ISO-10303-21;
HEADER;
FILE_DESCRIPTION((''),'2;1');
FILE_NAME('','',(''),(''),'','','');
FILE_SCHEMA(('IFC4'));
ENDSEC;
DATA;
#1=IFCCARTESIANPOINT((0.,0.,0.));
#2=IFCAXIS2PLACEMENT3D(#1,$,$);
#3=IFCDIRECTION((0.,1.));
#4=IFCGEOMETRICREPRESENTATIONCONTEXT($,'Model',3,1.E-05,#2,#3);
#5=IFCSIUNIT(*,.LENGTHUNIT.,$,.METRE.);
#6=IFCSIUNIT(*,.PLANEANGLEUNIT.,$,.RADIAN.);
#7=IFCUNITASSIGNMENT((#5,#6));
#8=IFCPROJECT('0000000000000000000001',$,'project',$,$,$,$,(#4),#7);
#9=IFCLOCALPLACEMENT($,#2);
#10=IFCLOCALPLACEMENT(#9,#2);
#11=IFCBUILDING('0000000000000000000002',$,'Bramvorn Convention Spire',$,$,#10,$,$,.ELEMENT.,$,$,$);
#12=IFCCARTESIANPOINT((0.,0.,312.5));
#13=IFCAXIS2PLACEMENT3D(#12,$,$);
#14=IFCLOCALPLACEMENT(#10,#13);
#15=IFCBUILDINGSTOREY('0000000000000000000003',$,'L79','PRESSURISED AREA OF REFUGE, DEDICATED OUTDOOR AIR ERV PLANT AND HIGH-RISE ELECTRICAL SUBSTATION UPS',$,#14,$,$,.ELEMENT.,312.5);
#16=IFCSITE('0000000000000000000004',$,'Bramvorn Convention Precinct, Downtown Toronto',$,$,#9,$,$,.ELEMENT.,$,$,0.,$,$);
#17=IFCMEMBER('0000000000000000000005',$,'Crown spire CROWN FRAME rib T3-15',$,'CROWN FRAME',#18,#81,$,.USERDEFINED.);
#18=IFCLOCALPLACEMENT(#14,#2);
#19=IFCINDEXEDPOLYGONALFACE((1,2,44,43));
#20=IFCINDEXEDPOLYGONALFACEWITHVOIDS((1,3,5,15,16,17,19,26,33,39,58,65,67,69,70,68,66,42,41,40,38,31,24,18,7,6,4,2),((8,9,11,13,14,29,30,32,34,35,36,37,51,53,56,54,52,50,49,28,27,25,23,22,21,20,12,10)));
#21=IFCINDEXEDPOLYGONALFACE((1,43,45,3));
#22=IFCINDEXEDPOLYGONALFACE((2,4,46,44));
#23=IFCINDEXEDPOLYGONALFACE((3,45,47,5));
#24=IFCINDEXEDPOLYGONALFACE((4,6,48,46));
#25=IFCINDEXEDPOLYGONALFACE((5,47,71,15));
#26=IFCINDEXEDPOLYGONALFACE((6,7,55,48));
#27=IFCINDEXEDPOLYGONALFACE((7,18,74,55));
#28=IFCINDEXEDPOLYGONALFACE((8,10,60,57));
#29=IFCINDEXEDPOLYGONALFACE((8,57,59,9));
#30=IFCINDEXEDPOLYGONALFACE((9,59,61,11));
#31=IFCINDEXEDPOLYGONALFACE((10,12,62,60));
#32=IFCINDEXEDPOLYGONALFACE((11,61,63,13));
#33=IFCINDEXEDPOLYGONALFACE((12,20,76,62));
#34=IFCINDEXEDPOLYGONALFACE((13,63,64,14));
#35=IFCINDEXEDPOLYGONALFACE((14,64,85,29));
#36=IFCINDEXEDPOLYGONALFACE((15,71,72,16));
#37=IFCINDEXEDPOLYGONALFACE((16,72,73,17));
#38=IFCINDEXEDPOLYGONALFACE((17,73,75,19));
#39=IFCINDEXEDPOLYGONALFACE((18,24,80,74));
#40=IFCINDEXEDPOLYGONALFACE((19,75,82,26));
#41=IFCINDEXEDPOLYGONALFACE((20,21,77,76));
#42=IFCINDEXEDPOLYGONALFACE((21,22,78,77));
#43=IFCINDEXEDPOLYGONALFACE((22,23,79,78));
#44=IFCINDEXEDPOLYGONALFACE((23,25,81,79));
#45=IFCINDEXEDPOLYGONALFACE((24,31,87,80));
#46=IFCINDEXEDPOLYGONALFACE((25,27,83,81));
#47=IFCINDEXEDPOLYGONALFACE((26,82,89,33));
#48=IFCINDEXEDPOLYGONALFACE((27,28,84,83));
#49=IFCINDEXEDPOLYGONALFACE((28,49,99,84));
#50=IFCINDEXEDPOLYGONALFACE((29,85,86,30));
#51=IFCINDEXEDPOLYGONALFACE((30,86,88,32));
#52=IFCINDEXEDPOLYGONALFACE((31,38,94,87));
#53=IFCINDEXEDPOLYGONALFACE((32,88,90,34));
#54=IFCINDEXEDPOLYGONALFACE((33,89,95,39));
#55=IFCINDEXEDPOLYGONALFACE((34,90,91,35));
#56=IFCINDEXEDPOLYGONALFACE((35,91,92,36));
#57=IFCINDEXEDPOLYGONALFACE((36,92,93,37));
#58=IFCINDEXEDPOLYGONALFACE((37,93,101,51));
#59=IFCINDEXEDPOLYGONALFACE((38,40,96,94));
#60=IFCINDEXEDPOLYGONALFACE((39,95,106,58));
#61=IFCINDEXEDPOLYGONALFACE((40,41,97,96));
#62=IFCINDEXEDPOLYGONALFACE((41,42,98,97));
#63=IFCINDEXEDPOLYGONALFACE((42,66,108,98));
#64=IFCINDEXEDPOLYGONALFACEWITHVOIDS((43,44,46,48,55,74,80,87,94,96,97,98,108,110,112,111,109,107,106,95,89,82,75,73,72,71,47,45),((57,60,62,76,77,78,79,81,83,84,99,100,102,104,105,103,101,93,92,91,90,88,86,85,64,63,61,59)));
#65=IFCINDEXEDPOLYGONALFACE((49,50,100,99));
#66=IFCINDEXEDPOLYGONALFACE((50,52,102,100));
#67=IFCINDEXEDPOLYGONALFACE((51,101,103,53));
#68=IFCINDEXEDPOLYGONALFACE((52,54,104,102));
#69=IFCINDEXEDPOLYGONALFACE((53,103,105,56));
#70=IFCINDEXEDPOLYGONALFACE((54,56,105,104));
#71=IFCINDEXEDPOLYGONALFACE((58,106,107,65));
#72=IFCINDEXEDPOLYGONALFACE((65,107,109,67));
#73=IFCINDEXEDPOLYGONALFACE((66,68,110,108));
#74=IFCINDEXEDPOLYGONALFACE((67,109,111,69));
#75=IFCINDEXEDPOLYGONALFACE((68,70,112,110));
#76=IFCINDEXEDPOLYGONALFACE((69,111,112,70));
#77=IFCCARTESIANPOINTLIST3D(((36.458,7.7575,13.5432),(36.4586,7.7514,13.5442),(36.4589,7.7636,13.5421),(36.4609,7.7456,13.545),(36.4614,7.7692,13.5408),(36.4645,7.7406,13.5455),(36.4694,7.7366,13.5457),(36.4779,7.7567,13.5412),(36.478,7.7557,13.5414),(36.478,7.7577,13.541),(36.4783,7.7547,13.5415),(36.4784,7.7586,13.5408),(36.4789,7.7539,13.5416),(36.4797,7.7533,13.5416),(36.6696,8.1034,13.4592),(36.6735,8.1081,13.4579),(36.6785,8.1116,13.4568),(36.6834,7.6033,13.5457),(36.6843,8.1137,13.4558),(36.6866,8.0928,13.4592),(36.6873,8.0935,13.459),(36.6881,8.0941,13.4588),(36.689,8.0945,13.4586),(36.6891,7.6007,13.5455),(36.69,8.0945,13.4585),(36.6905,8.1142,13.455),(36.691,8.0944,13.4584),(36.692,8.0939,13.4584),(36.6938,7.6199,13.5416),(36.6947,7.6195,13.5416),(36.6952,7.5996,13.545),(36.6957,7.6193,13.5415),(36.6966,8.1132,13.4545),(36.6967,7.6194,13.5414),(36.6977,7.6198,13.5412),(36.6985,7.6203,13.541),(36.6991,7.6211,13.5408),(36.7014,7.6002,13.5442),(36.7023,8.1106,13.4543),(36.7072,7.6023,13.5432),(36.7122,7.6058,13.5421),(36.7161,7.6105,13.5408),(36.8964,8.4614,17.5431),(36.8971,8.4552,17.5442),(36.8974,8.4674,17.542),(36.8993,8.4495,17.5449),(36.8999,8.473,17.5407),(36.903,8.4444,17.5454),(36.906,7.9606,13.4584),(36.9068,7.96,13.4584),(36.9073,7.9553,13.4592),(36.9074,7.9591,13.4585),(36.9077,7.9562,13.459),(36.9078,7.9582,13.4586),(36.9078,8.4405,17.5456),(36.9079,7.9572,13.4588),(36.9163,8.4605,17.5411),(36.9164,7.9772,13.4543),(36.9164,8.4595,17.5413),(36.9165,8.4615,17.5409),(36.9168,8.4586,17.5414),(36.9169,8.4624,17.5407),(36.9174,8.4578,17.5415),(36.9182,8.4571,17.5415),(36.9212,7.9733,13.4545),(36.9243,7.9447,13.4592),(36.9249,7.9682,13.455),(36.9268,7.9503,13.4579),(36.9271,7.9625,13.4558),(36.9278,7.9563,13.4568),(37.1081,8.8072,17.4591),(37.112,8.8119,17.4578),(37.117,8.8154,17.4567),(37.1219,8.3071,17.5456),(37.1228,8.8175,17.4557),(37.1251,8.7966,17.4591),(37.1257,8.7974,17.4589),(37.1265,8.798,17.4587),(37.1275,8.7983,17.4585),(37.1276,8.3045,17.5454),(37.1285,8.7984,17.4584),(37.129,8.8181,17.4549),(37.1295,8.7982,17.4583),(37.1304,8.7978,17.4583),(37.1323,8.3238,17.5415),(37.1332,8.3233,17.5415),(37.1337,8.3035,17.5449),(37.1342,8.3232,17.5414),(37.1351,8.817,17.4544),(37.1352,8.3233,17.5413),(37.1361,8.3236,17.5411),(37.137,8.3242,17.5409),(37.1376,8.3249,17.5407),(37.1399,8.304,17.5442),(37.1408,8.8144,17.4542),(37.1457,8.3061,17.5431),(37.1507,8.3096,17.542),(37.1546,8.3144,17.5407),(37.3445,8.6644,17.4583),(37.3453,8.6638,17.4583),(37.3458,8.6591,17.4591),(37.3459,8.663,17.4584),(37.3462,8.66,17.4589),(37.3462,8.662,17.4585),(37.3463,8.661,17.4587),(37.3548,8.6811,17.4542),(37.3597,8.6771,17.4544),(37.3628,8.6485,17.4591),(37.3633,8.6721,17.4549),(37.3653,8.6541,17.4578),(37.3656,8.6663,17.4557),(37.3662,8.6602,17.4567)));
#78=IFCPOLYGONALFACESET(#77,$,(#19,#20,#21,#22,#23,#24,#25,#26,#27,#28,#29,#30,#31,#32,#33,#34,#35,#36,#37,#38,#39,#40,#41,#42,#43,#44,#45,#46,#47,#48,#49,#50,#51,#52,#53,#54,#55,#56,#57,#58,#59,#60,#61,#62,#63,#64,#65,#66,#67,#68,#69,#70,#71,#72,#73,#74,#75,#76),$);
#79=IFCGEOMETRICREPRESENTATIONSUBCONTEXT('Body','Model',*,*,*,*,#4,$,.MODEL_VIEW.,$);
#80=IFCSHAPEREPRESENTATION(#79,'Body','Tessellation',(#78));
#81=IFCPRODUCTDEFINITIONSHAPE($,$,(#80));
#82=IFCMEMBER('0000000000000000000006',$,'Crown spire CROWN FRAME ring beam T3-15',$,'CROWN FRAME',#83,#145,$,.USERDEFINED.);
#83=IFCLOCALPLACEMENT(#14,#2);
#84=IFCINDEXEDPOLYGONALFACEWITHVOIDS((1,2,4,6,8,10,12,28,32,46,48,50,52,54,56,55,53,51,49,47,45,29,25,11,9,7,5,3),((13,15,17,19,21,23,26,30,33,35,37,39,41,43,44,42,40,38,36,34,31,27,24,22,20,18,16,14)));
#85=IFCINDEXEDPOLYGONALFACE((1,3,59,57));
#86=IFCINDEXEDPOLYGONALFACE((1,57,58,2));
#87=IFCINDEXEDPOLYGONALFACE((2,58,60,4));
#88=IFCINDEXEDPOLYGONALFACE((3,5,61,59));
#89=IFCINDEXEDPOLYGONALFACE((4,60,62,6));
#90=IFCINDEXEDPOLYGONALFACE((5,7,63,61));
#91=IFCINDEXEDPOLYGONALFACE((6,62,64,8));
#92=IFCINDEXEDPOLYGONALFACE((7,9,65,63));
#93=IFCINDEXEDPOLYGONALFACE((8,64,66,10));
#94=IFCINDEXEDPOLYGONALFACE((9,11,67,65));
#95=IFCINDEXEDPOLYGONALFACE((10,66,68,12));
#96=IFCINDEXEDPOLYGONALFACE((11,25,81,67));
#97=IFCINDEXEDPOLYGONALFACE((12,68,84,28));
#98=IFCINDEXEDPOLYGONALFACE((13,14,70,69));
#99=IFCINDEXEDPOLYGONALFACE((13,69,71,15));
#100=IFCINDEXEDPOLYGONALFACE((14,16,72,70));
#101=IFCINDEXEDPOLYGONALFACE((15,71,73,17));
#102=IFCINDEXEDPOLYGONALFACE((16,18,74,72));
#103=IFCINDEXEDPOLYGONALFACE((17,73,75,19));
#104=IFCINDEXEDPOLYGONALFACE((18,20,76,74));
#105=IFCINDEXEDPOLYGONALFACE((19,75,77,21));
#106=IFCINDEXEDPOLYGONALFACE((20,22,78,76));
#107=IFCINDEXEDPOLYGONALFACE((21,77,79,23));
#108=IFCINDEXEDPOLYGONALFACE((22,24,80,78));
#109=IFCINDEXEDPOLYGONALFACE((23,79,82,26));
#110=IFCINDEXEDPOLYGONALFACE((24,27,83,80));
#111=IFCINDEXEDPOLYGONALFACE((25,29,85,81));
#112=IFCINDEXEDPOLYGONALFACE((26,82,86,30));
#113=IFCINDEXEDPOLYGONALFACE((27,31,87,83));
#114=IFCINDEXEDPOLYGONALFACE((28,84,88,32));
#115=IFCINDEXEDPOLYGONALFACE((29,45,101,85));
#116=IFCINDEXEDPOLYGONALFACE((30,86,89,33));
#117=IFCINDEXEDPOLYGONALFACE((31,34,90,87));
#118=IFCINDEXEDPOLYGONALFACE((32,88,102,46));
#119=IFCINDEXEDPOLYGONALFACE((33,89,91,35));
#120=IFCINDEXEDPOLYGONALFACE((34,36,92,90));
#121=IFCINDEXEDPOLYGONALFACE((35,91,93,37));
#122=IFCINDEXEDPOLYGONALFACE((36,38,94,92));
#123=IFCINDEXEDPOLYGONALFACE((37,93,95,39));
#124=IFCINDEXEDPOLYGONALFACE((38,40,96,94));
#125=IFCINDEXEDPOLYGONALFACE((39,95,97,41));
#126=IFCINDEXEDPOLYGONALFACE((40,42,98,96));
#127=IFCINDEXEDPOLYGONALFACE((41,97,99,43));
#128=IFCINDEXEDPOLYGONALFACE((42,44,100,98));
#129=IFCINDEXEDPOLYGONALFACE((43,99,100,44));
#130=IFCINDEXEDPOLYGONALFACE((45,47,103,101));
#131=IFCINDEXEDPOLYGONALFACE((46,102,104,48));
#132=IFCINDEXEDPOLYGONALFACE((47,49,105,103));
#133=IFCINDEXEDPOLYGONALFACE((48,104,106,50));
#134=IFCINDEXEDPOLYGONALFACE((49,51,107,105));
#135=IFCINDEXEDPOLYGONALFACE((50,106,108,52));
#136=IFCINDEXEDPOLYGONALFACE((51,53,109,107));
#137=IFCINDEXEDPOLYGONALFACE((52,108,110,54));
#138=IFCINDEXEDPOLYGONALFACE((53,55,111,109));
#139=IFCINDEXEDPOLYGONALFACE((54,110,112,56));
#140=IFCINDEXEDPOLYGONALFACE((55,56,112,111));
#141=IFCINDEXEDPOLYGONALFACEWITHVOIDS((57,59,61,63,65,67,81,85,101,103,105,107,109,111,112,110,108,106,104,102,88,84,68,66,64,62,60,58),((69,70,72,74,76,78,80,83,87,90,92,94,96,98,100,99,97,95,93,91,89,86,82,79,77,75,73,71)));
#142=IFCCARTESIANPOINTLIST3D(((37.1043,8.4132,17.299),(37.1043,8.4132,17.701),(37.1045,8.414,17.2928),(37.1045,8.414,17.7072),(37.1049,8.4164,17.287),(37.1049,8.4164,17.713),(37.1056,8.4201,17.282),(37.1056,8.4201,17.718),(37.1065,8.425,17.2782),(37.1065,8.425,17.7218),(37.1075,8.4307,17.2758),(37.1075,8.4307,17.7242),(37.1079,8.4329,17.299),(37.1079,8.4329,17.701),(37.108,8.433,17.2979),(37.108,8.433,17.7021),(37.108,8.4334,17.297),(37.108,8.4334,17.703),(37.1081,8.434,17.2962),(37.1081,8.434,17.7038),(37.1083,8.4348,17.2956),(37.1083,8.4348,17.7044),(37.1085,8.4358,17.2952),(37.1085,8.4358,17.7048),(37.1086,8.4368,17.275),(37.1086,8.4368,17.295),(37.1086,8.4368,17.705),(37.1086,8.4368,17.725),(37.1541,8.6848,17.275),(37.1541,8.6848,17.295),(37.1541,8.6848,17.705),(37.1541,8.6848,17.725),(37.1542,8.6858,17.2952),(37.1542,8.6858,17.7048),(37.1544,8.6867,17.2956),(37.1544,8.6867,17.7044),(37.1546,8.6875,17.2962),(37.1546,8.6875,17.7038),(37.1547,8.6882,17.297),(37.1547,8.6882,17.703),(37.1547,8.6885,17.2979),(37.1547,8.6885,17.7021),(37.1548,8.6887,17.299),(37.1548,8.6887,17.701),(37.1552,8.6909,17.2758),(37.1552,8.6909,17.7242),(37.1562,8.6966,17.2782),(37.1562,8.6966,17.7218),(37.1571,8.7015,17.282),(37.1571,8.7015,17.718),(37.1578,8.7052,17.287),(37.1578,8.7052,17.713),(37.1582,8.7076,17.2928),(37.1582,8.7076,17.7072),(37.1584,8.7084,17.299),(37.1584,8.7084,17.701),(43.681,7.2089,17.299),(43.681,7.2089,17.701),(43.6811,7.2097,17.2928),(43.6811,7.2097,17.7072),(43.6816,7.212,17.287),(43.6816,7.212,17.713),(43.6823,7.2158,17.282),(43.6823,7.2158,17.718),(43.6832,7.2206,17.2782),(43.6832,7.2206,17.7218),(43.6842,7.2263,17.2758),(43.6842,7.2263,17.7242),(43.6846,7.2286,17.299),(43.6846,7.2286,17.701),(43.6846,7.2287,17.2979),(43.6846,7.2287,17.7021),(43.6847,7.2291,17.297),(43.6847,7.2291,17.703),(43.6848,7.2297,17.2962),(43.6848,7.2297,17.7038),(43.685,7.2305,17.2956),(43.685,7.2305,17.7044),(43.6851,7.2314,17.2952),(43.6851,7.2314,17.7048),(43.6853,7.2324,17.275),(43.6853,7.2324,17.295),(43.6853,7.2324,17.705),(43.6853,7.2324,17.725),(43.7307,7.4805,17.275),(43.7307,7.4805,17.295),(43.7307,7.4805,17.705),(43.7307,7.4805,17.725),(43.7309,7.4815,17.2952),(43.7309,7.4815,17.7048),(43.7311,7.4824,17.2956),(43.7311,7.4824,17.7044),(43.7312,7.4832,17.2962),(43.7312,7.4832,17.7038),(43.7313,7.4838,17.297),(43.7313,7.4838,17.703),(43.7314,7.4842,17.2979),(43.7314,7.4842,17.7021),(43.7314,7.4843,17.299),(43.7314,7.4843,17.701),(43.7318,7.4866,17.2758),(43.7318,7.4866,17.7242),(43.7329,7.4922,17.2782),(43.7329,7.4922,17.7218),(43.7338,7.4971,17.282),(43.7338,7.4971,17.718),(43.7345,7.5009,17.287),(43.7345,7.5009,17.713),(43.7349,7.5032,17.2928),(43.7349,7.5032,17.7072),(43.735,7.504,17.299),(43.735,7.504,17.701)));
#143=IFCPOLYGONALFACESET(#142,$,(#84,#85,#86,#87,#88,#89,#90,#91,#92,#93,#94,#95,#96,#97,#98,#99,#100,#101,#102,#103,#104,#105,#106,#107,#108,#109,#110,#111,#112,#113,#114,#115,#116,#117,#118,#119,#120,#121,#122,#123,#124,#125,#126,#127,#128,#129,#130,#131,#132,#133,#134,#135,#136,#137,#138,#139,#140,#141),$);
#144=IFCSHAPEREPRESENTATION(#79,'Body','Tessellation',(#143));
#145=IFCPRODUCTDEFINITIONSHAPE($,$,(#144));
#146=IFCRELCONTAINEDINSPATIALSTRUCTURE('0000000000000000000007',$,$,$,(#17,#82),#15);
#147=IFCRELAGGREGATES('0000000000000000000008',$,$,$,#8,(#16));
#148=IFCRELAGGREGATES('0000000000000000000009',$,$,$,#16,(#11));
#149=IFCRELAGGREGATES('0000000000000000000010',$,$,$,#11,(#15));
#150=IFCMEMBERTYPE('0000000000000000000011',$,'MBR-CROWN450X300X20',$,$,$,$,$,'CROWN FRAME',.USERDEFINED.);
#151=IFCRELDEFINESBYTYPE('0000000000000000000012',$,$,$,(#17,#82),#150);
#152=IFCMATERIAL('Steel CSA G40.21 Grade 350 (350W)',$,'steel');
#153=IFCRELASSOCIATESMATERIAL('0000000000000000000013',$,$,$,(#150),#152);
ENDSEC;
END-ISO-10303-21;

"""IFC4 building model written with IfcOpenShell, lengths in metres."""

from ifc_helpers import new_model, si_unit, direction, frame, origin, origin_2d, place, context, subcontext, project, spatial, hollow_rectangle, extrude, material, material_profile, profile_set, type_object, element, save


model = new_model("IFC4")

# Units and contexts
model_context = context("Model", 3, precision=1e-05, world=origin(), true_north=direction((0.0, 1.0)))
body_context = subcontext(model_context, "Body", "Model", "MODEL_VIEW")
ifc_project = project(units=[si_unit("LENGTHUNIT", "METRE"), si_unit("PLANEANGLEUNIT", "RADIAN")], contexts=[model_context])

# Site, building, storey
site_placement = place(None, origin())
site = spatial("IfcSite", under=ifc_project, at=site_placement, Name="Bramvorn Convention Precinct, Downtown Toronto", CompositionType="ELEMENT", RefElevation=0.0)
building_placement = place(site_placement, origin())
building = spatial("IfcBuilding", under=site, at=building_placement, Name="Bramvorn Convention Spire", CompositionType="ELEMENT")
storey_placement = place(building_placement, frame((0.0, 0.0, 312.5)))
storey = spatial("IfcBuildingStorey", under=building, at=storey_placement, Name="L79", Description="PRESSURISED AREA OF REFUGE, DEDICATED OUTDOOR AIR ERV PLANT AND HIGH-RISE ELECTRICAL SUBSTATION UPS", CompositionType="ELEMENT", Elevation=312.5)

# Shared definitions
ifc_material_1 = material(Name="Steel CSA G40.21 Grade 350 (350W)", Category="steel")

# Members
ifc_material_profile_1 = material_profile(ifc_material_1, hollow_rectangle(XDim=0.3, YDim=0.45, WallThickness=0.02, InnerFilletRadius=0.0039, OuterFilletRadius=0.0239, at=origin_2d()))
ifc_profile_set_1 = profile_set([ifc_material_profile_1], Name="Steel CSA G40.21 Grade 350 (350W) - CROWN450X300X20")
member_type = type_object("IfcMemberType", Name="MBR-CROWN450X300X20", ElementType="CROWN FRAME", PredefinedType="USERDEFINED", material=ifc_profile_set_1)
member_1_placement = place(storey_placement, frame((36.6929, 7.8569, 13.5), z_axis=(0.107337, 0.172301, 0.979179), x_axis=(-0.848775, 0.528755, 0.0)))
element("IfcMember", 1, at=member_1_placement, inside=storey, type_object=member_type, Name="Crown spire CROWN FRAME rib T3-15", ObjectType="CROWN FRAME", PredefinedType="USERDEFINED", context=body_context, shape_type="SweptSolid", body=[
    extrude(hollow_rectangle(XDim=0.3, YDim=0.45, WallThickness=0.02, InnerFilletRadius=0.0039, OuterFilletRadius=0.0239, at=origin_2d()), origin(), (0.0, 0.0, 1.0), 4.085),
])
member_2_placement = place(storey_placement, frame((37.1313, 8.5608, 17.5), z_axis=(0.983643, -0.180129, 0.0), x_axis=(0.180129, 0.983643, 0.0)))
element("IfcMember", 2, at=member_2_placement, inside=storey, type_object=member_type, Name="Crown spire CROWN FRAME ring beam T3-15", ObjectType="CROWN FRAME", PredefinedType="USERDEFINED", context=body_context, shape_type="SweptSolid", body=[
    extrude(hollow_rectangle(XDim=0.3, YDim=0.45, WallThickness=0.02, InnerFilletRadius=0.0039, OuterFilletRadius=0.0239, at=origin_2d()), origin(), (0.0, 0.0, 1.0), 6.686),
])

save(model, "model.ifc")
